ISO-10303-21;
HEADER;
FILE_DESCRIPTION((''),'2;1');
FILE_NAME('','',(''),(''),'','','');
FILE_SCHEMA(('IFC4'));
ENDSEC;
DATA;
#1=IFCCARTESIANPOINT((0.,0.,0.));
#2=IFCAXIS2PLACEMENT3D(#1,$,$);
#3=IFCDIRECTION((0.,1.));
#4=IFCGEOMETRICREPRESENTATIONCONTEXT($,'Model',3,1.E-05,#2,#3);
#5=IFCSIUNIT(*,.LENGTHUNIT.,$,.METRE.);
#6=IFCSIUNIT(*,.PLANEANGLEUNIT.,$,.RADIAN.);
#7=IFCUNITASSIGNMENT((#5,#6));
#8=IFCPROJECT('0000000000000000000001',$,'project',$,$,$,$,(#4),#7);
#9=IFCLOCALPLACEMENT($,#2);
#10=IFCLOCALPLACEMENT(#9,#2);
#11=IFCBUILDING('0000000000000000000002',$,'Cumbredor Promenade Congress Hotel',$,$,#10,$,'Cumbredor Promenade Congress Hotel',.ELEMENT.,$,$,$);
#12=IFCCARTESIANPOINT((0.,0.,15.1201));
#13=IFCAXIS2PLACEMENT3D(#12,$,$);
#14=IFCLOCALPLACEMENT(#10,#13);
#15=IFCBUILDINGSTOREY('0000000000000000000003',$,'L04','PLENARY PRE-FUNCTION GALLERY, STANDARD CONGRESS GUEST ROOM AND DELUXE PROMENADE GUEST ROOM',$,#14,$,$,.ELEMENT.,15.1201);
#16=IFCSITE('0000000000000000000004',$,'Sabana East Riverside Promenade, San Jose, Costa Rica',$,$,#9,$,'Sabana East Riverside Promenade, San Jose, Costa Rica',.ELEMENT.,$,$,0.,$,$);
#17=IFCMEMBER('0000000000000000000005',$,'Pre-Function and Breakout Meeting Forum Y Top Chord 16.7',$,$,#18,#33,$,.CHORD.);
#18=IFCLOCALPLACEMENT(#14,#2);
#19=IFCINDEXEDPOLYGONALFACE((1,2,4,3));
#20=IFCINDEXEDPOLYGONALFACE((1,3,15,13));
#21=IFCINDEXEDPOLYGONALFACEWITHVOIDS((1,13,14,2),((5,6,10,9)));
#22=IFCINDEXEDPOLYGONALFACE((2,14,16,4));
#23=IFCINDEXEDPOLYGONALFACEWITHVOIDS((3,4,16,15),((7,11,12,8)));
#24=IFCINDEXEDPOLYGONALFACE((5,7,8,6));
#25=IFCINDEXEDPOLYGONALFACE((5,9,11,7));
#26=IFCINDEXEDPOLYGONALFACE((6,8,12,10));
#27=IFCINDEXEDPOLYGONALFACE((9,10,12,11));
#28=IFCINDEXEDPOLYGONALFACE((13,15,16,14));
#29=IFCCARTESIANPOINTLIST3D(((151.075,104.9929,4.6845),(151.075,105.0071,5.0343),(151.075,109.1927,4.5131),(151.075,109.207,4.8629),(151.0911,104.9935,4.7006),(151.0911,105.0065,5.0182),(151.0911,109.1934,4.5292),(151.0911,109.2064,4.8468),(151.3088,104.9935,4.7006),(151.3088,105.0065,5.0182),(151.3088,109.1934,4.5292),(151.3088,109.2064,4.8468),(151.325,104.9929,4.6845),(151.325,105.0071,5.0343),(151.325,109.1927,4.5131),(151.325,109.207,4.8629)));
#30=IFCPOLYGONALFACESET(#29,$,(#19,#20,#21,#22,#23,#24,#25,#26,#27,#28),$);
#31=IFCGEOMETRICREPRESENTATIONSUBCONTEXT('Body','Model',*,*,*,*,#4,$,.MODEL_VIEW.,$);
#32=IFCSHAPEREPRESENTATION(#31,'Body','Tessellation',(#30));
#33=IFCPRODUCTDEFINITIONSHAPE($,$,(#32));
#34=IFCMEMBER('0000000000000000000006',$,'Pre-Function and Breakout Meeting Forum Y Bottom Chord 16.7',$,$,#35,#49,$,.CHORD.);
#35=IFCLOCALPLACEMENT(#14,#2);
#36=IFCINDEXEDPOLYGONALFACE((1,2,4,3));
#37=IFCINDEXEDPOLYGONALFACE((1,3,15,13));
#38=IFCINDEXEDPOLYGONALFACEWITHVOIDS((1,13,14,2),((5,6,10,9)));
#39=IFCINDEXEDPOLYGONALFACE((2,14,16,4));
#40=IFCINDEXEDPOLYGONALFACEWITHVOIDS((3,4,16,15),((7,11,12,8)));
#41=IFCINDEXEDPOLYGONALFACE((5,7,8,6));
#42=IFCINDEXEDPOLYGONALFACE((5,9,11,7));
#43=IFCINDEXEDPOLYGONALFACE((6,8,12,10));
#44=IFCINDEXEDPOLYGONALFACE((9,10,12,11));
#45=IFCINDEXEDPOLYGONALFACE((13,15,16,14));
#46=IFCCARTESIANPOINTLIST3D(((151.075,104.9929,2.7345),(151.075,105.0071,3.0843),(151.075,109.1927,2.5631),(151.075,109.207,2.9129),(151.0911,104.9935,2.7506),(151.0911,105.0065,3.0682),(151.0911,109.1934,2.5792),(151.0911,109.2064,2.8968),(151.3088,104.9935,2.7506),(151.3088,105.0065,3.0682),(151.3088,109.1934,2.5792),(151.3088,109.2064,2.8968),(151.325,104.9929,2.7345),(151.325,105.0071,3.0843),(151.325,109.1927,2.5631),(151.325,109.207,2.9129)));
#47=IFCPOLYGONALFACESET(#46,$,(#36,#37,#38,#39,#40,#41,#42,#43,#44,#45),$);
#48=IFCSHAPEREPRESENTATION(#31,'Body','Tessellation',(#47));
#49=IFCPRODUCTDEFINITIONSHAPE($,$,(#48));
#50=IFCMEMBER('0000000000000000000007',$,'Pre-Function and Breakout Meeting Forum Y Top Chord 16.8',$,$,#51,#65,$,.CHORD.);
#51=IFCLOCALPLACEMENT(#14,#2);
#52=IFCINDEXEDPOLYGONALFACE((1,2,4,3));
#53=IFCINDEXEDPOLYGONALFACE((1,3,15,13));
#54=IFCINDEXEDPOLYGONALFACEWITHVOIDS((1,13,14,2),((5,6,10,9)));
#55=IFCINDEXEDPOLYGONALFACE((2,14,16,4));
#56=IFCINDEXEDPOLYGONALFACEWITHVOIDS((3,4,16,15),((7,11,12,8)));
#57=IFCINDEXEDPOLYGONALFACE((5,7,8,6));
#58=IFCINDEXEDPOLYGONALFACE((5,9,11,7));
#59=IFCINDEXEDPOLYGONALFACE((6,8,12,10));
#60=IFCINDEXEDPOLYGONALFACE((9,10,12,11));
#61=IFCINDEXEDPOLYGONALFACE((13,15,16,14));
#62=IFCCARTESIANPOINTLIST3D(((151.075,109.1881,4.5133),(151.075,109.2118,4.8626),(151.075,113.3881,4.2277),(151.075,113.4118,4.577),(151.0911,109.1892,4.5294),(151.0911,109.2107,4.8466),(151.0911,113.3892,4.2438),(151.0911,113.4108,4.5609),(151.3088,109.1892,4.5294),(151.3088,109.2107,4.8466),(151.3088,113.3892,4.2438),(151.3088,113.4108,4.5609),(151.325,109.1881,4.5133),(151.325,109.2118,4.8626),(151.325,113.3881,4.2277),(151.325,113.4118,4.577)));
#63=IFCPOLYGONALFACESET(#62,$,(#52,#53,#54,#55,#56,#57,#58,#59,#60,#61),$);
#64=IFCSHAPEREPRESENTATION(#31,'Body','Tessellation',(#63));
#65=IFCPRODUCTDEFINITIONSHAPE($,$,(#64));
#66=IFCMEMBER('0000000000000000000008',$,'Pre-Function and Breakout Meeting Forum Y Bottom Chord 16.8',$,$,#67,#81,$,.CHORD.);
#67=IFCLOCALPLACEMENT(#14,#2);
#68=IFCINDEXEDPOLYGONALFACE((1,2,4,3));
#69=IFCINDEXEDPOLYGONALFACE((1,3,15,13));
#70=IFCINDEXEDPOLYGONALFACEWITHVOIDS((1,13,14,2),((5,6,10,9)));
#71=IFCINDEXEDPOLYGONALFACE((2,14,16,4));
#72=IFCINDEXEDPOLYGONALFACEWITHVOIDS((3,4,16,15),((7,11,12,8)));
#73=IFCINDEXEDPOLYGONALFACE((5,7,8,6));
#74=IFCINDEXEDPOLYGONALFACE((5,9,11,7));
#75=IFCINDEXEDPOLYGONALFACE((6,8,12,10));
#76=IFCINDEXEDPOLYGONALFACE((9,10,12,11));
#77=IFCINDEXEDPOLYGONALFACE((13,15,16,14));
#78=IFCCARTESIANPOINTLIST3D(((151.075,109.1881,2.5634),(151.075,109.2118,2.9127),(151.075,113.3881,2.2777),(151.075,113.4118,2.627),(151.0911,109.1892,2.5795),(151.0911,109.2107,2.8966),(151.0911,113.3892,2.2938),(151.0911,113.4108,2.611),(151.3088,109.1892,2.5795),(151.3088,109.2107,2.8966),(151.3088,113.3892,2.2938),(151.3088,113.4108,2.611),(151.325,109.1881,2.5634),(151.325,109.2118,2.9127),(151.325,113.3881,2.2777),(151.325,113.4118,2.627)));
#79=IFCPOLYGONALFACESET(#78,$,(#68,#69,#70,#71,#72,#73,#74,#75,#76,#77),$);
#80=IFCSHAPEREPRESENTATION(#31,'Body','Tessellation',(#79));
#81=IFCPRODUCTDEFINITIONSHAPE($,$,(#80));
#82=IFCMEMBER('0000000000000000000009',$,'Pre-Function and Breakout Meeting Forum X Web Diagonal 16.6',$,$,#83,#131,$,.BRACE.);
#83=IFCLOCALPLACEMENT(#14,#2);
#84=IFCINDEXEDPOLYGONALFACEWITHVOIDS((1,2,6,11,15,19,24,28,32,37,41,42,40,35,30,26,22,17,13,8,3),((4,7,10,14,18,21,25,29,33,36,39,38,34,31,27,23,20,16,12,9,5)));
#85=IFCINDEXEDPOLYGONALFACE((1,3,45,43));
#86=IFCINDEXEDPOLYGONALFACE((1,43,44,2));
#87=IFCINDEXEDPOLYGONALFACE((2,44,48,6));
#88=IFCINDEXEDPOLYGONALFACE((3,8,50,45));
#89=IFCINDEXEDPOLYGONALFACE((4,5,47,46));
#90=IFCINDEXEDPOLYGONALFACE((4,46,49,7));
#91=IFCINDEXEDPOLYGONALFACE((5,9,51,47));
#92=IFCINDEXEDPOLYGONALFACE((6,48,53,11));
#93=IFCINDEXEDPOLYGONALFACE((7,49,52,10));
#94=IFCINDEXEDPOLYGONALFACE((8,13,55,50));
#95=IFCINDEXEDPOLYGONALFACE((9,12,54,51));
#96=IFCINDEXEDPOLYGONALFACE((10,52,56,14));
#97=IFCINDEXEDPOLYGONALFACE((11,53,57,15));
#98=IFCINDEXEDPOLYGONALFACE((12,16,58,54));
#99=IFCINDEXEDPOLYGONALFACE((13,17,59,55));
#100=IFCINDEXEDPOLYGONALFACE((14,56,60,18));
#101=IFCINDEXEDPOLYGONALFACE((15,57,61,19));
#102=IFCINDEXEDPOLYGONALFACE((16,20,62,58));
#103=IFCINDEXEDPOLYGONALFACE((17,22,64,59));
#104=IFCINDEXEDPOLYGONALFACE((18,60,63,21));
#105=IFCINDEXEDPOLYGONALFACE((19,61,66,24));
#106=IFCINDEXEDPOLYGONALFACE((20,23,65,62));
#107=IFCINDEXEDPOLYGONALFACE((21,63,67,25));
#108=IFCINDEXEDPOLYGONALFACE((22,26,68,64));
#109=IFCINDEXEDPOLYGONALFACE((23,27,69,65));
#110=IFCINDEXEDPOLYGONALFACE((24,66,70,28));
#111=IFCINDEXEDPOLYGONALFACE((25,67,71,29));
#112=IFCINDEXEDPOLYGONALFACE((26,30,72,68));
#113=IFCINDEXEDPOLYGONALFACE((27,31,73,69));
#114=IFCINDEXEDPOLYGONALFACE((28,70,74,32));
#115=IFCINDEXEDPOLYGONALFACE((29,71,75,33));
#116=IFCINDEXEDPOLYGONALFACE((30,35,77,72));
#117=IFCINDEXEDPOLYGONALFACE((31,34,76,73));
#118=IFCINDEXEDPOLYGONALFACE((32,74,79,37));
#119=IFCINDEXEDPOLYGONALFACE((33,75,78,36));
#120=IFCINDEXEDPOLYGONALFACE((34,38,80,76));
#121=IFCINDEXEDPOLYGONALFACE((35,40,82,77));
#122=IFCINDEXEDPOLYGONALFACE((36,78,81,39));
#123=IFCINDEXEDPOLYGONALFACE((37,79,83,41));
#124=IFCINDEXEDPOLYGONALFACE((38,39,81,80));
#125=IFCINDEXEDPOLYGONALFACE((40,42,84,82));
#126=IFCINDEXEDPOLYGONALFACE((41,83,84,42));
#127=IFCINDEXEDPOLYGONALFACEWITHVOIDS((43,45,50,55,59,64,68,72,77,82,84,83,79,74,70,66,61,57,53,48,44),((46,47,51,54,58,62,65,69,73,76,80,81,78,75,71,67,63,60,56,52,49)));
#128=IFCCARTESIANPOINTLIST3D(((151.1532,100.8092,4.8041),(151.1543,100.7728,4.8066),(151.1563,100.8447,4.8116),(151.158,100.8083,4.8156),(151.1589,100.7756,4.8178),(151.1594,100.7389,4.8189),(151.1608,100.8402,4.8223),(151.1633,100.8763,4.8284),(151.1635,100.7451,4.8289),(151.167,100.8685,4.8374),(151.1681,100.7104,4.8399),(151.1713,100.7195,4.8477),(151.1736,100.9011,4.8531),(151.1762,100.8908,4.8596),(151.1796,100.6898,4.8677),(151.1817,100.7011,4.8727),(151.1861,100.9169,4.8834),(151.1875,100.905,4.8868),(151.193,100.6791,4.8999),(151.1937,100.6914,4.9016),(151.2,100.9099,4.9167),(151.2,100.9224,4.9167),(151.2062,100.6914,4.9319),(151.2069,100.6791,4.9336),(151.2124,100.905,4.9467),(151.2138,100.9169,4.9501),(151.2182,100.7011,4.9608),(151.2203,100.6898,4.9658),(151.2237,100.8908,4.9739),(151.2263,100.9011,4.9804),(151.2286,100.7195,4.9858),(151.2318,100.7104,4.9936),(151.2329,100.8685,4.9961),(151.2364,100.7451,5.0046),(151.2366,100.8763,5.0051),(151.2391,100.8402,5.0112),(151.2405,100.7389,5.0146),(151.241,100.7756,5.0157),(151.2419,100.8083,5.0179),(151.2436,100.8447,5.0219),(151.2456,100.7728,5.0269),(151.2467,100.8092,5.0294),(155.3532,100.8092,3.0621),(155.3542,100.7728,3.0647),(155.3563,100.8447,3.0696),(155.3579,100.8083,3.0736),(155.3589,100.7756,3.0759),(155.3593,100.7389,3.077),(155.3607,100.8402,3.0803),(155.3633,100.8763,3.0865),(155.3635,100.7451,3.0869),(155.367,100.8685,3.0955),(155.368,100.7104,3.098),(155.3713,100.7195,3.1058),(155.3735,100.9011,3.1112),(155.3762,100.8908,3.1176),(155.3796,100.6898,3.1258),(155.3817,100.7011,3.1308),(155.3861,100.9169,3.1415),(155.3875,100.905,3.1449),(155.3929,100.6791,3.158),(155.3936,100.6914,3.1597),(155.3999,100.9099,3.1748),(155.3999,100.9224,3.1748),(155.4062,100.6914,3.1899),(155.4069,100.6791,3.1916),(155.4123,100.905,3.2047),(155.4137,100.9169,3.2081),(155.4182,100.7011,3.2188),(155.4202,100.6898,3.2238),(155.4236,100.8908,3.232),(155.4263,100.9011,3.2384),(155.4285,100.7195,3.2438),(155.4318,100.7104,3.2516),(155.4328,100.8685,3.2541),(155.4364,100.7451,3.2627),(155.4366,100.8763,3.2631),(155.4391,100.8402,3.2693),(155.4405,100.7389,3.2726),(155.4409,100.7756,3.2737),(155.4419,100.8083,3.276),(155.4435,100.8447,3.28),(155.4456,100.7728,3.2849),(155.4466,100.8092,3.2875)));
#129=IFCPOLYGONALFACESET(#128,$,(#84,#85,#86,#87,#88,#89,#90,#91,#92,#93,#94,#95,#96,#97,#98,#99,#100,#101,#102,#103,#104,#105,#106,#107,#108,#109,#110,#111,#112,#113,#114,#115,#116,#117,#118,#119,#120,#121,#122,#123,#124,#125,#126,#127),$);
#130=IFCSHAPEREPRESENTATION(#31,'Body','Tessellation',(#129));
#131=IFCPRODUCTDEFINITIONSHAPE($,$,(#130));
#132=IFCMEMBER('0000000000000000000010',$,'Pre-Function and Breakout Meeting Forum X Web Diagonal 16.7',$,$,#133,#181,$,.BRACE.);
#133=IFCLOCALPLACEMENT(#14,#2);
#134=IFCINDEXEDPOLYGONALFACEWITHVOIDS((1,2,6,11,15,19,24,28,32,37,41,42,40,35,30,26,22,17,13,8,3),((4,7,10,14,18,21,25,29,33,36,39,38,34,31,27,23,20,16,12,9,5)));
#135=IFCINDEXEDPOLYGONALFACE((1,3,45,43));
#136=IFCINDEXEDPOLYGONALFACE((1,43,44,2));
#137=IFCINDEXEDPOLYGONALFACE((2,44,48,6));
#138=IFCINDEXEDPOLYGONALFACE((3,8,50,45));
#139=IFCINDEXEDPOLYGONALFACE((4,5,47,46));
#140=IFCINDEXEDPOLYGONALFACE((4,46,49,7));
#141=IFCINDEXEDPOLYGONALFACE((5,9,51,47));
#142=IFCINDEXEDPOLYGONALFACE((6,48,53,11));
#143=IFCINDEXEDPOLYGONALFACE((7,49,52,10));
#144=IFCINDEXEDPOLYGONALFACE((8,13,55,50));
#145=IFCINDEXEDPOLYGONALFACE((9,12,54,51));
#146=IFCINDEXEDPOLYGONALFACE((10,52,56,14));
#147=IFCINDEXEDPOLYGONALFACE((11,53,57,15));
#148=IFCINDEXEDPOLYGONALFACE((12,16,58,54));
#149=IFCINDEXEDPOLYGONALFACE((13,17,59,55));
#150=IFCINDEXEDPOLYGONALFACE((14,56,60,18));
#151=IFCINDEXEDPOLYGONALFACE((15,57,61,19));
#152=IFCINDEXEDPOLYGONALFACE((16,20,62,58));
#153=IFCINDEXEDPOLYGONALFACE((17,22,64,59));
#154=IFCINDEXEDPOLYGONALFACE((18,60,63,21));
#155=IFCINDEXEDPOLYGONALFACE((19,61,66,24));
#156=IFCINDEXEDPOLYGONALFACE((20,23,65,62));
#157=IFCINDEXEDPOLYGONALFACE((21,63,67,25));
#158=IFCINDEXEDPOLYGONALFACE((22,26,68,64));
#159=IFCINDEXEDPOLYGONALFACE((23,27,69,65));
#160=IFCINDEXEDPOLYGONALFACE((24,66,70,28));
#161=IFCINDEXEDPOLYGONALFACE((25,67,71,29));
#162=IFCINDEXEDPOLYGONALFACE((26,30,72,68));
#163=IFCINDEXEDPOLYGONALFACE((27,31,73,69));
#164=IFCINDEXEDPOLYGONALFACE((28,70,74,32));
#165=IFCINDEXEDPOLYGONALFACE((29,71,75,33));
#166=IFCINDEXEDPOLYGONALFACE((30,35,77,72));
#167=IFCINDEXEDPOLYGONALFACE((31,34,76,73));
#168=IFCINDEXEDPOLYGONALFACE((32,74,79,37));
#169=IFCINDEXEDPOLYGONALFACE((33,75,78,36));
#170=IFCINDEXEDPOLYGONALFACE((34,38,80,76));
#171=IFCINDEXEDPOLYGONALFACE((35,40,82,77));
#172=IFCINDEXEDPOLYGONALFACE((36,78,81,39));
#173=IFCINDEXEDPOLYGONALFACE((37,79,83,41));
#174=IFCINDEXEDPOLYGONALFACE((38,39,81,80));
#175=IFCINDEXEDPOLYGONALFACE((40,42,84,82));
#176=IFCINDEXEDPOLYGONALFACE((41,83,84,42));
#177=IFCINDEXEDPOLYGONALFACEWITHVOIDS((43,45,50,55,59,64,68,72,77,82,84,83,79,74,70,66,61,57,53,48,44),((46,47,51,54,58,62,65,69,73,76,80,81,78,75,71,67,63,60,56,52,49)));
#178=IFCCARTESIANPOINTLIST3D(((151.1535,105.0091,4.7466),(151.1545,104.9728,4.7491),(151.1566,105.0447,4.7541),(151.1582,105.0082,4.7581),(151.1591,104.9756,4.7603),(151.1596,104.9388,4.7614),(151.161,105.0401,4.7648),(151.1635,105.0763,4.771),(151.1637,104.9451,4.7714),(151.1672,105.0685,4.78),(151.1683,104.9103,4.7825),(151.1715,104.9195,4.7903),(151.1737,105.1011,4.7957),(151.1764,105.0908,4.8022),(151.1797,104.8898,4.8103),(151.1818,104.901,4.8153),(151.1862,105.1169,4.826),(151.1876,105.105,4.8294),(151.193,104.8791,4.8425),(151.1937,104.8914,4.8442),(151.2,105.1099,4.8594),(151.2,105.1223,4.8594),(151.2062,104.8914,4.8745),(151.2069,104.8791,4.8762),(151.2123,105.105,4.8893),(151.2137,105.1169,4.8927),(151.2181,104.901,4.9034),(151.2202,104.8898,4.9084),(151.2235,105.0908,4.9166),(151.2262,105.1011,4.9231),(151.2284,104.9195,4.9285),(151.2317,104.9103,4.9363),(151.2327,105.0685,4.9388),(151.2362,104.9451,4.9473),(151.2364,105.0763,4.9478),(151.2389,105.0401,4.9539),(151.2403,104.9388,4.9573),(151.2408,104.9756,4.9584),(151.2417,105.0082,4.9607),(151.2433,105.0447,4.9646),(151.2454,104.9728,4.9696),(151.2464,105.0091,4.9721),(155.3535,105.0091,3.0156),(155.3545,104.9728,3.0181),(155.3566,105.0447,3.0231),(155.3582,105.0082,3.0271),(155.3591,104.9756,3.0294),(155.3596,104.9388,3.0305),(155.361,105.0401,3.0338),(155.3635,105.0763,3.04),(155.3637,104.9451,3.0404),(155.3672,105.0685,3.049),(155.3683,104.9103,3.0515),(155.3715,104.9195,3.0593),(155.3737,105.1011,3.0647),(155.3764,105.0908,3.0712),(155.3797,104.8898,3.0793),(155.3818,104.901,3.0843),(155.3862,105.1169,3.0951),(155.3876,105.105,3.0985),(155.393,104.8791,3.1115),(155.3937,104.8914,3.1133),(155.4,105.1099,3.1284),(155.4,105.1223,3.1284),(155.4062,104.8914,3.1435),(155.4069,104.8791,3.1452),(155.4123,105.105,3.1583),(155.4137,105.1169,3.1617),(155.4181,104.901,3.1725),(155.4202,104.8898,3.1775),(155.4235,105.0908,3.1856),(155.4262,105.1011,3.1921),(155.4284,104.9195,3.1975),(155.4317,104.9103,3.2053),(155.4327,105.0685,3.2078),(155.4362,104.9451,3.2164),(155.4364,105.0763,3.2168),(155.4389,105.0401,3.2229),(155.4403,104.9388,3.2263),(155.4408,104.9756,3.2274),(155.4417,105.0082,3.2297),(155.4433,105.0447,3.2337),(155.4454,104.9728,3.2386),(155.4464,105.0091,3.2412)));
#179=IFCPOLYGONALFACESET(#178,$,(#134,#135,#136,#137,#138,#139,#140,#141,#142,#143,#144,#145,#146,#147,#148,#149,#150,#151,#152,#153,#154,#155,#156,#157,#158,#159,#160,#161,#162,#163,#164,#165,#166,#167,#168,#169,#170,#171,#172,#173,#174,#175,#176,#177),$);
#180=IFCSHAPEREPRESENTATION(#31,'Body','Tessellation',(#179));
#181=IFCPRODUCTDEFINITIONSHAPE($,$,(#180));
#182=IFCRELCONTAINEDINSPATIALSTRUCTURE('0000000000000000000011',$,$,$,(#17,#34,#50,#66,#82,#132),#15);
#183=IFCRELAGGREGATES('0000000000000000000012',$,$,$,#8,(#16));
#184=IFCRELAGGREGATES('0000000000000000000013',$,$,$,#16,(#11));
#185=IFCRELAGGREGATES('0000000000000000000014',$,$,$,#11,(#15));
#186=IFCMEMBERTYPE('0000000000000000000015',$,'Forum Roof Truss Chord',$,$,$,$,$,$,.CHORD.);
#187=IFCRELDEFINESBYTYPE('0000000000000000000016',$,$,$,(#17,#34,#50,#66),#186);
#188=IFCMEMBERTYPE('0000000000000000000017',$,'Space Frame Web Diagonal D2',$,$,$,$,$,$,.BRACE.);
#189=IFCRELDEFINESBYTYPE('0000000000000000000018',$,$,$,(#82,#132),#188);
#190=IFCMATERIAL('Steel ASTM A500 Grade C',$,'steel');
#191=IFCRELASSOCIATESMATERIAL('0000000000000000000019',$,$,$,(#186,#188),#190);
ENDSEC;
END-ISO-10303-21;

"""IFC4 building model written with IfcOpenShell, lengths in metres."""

from ifc_helpers import new_model, si_unit, direction, frame, origin, origin_2d, place, context, subcontext, project, spatial, hollow_rectangle, hollow_circle, extrude, material, material_profile, profile_set, type_object, element, save


model = new_model("IFC4")

# Units and contexts
model_context = context("Model", 3, precision=1e-05, world=origin(), true_north=direction((0.0, 1.0)))
body_context = subcontext(model_context, "Body", "Model", "MODEL_VIEW")
ifc_project = project(units=[si_unit("LENGTHUNIT", "METRE"), si_unit("PLANEANGLEUNIT", "RADIAN")], contexts=[model_context])

# Site, building, storey
site_placement = place(None, origin())
site = spatial("IfcSite", under=ifc_project, at=site_placement, Name="Sabana East Riverside Promenade, San Jose, Costa Rica", LongName="Sabana East Riverside Promenade, San Jose, Costa Rica", CompositionType="ELEMENT", RefElevation=0.0)
building_placement = place(site_placement, origin())
building = spatial("IfcBuilding", under=site, at=building_placement, Name="Cumbredor Promenade Congress Hotel", LongName="Cumbredor Promenade Congress Hotel", CompositionType="ELEMENT")
storey_placement = place(building_placement, frame((0.0, 0.0, 15.1201)))
storey = spatial("IfcBuildingStorey", under=building, at=storey_placement, Name="L04", Description="PLENARY PRE-FUNCTION GALLERY, STANDARD CONGRESS GUEST ROOM AND DELUXE PROMENADE GUEST ROOM", CompositionType="ELEMENT", Elevation=15.1201)

# Members
ifc_material_1 = material(Name="Steel ASTM A500 Grade C", Category="steel")
ifc_material_profile_1 = material_profile(ifc_material_1, hollow_rectangle(XDim=0.25, YDim=0.3501, WallThickness=0.0161, at=origin_2d()), Name="HSS 350x250x16")
ifc_profile_set_1 = profile_set([ifc_material_profile_1], Name="Steel ASTM A500 Grade C")
member_type_1 = type_object("IfcMemberType", Name="Forum Roof Truss Chord", PredefinedType="CHORD", material=ifc_profile_set_1)
for number, where, z_axis, x_axis, name in (
    (1, (151.2, 105.0, 4.8594), (0.0, 0.999168, -0.040773), (-1.0, 0.0, 0.0), "Pre-Function and Breakout Meeting Forum Y Top Chord 16.7"),
    (2, (151.2, 105.0, 2.9094), (0.0, 0.999168, -0.040773), (-1.0, 0.0, 0.0), "Pre-Function and Breakout Meeting Forum Y Bottom Chord 16.7"),
):
    element("IfcMember", number, at=place(storey_placement, frame(where, z_axis=z_axis, x_axis=x_axis)), inside=storey, type_object=member_type_1, Name=name, PredefinedType="CHORD", context=body_context, shape_type="SweptSolid", body=[
        extrude(hollow_rectangle(XDim=0.25, YDim=0.3501, WallThickness=0.0161, at=origin_2d()), origin(), (0.0, 0.0, 1.0), 4.2034),
    ])
for number, where, z_axis, x_axis, name in (
    (3, (151.2, 109.2, 4.688), (0.0, 0.997695, -0.067855), (-1.0, 0.0, 0.0), "Pre-Function and Breakout Meeting Forum Y Top Chord 16.8"),
    (4, (151.2, 109.2, 2.738), (0.0, 0.997695, -0.067855), (-1.0, 0.0, 0.0), "Pre-Function and Breakout Meeting Forum Y Bottom Chord 16.8"),
):
    element("IfcMember", number, at=place(storey_placement, frame(where, z_axis=z_axis, x_axis=x_axis)), inside=storey, type_object=member_type_1, Name=name, PredefinedType="CHORD", context=body_context, shape_type="SweptSolid", body=[
        extrude(hollow_rectangle(XDim=0.25, YDim=0.3501, WallThickness=0.0161, at=origin_2d()), origin(), (0.0, 0.0, 1.0), 4.2097),
    ])
ifc_material_profile_2 = material_profile(ifc_material_1, hollow_circle(Radius=0.1223, WallThickness=0.0125, at=origin_2d()), Name="CHS 244.5x12.5")
ifc_profile_set_2 = profile_set([ifc_material_profile_2], Name="Steel ASTM A500 Grade C")
member_type_2 = type_object("IfcMemberType", Name="Space Frame Web Diagonal D2", PredefinedType="BRACE", material=ifc_profile_set_2)
member_1_placement = place(storey_placement, frame((151.2, 100.8, 4.9167), z_axis=(0.923703, 0.0, -0.383109), x_axis=(0.0, 1.0, 0.0)))
element("IfcMember", 5, at=member_1_placement, inside=storey, type_object=member_type_2, Name="Pre-Function and Breakout Meeting Forum X Web Diagonal 16.6", PredefinedType="BRACE", context=body_context, shape_type="SweptSolid", body=[
    extrude(hollow_circle(Radius=0.1223, WallThickness=0.0125, at=origin_2d()), origin(), (0.0, 0.0, 1.0), 4.5469),
])
member_2_placement = place(storey_placement, frame((151.2, 105.0, 4.8594), z_axis=(0.924557, 0.0, -0.381044), x_axis=(0.0, 1.0, 0.0)))
element("IfcMember", 6, at=member_2_placement, inside=storey, type_object=member_type_2, Name="Pre-Function and Breakout Meeting Forum X Web Diagonal 16.7", PredefinedType="BRACE", context=body_context, shape_type="SweptSolid", body=[
    extrude(hollow_circle(Radius=0.1223, WallThickness=0.0125, at=origin_2d()), origin(), (0.0, 0.0, 1.0), 4.5427),
])

save(model, "model.ifc")
